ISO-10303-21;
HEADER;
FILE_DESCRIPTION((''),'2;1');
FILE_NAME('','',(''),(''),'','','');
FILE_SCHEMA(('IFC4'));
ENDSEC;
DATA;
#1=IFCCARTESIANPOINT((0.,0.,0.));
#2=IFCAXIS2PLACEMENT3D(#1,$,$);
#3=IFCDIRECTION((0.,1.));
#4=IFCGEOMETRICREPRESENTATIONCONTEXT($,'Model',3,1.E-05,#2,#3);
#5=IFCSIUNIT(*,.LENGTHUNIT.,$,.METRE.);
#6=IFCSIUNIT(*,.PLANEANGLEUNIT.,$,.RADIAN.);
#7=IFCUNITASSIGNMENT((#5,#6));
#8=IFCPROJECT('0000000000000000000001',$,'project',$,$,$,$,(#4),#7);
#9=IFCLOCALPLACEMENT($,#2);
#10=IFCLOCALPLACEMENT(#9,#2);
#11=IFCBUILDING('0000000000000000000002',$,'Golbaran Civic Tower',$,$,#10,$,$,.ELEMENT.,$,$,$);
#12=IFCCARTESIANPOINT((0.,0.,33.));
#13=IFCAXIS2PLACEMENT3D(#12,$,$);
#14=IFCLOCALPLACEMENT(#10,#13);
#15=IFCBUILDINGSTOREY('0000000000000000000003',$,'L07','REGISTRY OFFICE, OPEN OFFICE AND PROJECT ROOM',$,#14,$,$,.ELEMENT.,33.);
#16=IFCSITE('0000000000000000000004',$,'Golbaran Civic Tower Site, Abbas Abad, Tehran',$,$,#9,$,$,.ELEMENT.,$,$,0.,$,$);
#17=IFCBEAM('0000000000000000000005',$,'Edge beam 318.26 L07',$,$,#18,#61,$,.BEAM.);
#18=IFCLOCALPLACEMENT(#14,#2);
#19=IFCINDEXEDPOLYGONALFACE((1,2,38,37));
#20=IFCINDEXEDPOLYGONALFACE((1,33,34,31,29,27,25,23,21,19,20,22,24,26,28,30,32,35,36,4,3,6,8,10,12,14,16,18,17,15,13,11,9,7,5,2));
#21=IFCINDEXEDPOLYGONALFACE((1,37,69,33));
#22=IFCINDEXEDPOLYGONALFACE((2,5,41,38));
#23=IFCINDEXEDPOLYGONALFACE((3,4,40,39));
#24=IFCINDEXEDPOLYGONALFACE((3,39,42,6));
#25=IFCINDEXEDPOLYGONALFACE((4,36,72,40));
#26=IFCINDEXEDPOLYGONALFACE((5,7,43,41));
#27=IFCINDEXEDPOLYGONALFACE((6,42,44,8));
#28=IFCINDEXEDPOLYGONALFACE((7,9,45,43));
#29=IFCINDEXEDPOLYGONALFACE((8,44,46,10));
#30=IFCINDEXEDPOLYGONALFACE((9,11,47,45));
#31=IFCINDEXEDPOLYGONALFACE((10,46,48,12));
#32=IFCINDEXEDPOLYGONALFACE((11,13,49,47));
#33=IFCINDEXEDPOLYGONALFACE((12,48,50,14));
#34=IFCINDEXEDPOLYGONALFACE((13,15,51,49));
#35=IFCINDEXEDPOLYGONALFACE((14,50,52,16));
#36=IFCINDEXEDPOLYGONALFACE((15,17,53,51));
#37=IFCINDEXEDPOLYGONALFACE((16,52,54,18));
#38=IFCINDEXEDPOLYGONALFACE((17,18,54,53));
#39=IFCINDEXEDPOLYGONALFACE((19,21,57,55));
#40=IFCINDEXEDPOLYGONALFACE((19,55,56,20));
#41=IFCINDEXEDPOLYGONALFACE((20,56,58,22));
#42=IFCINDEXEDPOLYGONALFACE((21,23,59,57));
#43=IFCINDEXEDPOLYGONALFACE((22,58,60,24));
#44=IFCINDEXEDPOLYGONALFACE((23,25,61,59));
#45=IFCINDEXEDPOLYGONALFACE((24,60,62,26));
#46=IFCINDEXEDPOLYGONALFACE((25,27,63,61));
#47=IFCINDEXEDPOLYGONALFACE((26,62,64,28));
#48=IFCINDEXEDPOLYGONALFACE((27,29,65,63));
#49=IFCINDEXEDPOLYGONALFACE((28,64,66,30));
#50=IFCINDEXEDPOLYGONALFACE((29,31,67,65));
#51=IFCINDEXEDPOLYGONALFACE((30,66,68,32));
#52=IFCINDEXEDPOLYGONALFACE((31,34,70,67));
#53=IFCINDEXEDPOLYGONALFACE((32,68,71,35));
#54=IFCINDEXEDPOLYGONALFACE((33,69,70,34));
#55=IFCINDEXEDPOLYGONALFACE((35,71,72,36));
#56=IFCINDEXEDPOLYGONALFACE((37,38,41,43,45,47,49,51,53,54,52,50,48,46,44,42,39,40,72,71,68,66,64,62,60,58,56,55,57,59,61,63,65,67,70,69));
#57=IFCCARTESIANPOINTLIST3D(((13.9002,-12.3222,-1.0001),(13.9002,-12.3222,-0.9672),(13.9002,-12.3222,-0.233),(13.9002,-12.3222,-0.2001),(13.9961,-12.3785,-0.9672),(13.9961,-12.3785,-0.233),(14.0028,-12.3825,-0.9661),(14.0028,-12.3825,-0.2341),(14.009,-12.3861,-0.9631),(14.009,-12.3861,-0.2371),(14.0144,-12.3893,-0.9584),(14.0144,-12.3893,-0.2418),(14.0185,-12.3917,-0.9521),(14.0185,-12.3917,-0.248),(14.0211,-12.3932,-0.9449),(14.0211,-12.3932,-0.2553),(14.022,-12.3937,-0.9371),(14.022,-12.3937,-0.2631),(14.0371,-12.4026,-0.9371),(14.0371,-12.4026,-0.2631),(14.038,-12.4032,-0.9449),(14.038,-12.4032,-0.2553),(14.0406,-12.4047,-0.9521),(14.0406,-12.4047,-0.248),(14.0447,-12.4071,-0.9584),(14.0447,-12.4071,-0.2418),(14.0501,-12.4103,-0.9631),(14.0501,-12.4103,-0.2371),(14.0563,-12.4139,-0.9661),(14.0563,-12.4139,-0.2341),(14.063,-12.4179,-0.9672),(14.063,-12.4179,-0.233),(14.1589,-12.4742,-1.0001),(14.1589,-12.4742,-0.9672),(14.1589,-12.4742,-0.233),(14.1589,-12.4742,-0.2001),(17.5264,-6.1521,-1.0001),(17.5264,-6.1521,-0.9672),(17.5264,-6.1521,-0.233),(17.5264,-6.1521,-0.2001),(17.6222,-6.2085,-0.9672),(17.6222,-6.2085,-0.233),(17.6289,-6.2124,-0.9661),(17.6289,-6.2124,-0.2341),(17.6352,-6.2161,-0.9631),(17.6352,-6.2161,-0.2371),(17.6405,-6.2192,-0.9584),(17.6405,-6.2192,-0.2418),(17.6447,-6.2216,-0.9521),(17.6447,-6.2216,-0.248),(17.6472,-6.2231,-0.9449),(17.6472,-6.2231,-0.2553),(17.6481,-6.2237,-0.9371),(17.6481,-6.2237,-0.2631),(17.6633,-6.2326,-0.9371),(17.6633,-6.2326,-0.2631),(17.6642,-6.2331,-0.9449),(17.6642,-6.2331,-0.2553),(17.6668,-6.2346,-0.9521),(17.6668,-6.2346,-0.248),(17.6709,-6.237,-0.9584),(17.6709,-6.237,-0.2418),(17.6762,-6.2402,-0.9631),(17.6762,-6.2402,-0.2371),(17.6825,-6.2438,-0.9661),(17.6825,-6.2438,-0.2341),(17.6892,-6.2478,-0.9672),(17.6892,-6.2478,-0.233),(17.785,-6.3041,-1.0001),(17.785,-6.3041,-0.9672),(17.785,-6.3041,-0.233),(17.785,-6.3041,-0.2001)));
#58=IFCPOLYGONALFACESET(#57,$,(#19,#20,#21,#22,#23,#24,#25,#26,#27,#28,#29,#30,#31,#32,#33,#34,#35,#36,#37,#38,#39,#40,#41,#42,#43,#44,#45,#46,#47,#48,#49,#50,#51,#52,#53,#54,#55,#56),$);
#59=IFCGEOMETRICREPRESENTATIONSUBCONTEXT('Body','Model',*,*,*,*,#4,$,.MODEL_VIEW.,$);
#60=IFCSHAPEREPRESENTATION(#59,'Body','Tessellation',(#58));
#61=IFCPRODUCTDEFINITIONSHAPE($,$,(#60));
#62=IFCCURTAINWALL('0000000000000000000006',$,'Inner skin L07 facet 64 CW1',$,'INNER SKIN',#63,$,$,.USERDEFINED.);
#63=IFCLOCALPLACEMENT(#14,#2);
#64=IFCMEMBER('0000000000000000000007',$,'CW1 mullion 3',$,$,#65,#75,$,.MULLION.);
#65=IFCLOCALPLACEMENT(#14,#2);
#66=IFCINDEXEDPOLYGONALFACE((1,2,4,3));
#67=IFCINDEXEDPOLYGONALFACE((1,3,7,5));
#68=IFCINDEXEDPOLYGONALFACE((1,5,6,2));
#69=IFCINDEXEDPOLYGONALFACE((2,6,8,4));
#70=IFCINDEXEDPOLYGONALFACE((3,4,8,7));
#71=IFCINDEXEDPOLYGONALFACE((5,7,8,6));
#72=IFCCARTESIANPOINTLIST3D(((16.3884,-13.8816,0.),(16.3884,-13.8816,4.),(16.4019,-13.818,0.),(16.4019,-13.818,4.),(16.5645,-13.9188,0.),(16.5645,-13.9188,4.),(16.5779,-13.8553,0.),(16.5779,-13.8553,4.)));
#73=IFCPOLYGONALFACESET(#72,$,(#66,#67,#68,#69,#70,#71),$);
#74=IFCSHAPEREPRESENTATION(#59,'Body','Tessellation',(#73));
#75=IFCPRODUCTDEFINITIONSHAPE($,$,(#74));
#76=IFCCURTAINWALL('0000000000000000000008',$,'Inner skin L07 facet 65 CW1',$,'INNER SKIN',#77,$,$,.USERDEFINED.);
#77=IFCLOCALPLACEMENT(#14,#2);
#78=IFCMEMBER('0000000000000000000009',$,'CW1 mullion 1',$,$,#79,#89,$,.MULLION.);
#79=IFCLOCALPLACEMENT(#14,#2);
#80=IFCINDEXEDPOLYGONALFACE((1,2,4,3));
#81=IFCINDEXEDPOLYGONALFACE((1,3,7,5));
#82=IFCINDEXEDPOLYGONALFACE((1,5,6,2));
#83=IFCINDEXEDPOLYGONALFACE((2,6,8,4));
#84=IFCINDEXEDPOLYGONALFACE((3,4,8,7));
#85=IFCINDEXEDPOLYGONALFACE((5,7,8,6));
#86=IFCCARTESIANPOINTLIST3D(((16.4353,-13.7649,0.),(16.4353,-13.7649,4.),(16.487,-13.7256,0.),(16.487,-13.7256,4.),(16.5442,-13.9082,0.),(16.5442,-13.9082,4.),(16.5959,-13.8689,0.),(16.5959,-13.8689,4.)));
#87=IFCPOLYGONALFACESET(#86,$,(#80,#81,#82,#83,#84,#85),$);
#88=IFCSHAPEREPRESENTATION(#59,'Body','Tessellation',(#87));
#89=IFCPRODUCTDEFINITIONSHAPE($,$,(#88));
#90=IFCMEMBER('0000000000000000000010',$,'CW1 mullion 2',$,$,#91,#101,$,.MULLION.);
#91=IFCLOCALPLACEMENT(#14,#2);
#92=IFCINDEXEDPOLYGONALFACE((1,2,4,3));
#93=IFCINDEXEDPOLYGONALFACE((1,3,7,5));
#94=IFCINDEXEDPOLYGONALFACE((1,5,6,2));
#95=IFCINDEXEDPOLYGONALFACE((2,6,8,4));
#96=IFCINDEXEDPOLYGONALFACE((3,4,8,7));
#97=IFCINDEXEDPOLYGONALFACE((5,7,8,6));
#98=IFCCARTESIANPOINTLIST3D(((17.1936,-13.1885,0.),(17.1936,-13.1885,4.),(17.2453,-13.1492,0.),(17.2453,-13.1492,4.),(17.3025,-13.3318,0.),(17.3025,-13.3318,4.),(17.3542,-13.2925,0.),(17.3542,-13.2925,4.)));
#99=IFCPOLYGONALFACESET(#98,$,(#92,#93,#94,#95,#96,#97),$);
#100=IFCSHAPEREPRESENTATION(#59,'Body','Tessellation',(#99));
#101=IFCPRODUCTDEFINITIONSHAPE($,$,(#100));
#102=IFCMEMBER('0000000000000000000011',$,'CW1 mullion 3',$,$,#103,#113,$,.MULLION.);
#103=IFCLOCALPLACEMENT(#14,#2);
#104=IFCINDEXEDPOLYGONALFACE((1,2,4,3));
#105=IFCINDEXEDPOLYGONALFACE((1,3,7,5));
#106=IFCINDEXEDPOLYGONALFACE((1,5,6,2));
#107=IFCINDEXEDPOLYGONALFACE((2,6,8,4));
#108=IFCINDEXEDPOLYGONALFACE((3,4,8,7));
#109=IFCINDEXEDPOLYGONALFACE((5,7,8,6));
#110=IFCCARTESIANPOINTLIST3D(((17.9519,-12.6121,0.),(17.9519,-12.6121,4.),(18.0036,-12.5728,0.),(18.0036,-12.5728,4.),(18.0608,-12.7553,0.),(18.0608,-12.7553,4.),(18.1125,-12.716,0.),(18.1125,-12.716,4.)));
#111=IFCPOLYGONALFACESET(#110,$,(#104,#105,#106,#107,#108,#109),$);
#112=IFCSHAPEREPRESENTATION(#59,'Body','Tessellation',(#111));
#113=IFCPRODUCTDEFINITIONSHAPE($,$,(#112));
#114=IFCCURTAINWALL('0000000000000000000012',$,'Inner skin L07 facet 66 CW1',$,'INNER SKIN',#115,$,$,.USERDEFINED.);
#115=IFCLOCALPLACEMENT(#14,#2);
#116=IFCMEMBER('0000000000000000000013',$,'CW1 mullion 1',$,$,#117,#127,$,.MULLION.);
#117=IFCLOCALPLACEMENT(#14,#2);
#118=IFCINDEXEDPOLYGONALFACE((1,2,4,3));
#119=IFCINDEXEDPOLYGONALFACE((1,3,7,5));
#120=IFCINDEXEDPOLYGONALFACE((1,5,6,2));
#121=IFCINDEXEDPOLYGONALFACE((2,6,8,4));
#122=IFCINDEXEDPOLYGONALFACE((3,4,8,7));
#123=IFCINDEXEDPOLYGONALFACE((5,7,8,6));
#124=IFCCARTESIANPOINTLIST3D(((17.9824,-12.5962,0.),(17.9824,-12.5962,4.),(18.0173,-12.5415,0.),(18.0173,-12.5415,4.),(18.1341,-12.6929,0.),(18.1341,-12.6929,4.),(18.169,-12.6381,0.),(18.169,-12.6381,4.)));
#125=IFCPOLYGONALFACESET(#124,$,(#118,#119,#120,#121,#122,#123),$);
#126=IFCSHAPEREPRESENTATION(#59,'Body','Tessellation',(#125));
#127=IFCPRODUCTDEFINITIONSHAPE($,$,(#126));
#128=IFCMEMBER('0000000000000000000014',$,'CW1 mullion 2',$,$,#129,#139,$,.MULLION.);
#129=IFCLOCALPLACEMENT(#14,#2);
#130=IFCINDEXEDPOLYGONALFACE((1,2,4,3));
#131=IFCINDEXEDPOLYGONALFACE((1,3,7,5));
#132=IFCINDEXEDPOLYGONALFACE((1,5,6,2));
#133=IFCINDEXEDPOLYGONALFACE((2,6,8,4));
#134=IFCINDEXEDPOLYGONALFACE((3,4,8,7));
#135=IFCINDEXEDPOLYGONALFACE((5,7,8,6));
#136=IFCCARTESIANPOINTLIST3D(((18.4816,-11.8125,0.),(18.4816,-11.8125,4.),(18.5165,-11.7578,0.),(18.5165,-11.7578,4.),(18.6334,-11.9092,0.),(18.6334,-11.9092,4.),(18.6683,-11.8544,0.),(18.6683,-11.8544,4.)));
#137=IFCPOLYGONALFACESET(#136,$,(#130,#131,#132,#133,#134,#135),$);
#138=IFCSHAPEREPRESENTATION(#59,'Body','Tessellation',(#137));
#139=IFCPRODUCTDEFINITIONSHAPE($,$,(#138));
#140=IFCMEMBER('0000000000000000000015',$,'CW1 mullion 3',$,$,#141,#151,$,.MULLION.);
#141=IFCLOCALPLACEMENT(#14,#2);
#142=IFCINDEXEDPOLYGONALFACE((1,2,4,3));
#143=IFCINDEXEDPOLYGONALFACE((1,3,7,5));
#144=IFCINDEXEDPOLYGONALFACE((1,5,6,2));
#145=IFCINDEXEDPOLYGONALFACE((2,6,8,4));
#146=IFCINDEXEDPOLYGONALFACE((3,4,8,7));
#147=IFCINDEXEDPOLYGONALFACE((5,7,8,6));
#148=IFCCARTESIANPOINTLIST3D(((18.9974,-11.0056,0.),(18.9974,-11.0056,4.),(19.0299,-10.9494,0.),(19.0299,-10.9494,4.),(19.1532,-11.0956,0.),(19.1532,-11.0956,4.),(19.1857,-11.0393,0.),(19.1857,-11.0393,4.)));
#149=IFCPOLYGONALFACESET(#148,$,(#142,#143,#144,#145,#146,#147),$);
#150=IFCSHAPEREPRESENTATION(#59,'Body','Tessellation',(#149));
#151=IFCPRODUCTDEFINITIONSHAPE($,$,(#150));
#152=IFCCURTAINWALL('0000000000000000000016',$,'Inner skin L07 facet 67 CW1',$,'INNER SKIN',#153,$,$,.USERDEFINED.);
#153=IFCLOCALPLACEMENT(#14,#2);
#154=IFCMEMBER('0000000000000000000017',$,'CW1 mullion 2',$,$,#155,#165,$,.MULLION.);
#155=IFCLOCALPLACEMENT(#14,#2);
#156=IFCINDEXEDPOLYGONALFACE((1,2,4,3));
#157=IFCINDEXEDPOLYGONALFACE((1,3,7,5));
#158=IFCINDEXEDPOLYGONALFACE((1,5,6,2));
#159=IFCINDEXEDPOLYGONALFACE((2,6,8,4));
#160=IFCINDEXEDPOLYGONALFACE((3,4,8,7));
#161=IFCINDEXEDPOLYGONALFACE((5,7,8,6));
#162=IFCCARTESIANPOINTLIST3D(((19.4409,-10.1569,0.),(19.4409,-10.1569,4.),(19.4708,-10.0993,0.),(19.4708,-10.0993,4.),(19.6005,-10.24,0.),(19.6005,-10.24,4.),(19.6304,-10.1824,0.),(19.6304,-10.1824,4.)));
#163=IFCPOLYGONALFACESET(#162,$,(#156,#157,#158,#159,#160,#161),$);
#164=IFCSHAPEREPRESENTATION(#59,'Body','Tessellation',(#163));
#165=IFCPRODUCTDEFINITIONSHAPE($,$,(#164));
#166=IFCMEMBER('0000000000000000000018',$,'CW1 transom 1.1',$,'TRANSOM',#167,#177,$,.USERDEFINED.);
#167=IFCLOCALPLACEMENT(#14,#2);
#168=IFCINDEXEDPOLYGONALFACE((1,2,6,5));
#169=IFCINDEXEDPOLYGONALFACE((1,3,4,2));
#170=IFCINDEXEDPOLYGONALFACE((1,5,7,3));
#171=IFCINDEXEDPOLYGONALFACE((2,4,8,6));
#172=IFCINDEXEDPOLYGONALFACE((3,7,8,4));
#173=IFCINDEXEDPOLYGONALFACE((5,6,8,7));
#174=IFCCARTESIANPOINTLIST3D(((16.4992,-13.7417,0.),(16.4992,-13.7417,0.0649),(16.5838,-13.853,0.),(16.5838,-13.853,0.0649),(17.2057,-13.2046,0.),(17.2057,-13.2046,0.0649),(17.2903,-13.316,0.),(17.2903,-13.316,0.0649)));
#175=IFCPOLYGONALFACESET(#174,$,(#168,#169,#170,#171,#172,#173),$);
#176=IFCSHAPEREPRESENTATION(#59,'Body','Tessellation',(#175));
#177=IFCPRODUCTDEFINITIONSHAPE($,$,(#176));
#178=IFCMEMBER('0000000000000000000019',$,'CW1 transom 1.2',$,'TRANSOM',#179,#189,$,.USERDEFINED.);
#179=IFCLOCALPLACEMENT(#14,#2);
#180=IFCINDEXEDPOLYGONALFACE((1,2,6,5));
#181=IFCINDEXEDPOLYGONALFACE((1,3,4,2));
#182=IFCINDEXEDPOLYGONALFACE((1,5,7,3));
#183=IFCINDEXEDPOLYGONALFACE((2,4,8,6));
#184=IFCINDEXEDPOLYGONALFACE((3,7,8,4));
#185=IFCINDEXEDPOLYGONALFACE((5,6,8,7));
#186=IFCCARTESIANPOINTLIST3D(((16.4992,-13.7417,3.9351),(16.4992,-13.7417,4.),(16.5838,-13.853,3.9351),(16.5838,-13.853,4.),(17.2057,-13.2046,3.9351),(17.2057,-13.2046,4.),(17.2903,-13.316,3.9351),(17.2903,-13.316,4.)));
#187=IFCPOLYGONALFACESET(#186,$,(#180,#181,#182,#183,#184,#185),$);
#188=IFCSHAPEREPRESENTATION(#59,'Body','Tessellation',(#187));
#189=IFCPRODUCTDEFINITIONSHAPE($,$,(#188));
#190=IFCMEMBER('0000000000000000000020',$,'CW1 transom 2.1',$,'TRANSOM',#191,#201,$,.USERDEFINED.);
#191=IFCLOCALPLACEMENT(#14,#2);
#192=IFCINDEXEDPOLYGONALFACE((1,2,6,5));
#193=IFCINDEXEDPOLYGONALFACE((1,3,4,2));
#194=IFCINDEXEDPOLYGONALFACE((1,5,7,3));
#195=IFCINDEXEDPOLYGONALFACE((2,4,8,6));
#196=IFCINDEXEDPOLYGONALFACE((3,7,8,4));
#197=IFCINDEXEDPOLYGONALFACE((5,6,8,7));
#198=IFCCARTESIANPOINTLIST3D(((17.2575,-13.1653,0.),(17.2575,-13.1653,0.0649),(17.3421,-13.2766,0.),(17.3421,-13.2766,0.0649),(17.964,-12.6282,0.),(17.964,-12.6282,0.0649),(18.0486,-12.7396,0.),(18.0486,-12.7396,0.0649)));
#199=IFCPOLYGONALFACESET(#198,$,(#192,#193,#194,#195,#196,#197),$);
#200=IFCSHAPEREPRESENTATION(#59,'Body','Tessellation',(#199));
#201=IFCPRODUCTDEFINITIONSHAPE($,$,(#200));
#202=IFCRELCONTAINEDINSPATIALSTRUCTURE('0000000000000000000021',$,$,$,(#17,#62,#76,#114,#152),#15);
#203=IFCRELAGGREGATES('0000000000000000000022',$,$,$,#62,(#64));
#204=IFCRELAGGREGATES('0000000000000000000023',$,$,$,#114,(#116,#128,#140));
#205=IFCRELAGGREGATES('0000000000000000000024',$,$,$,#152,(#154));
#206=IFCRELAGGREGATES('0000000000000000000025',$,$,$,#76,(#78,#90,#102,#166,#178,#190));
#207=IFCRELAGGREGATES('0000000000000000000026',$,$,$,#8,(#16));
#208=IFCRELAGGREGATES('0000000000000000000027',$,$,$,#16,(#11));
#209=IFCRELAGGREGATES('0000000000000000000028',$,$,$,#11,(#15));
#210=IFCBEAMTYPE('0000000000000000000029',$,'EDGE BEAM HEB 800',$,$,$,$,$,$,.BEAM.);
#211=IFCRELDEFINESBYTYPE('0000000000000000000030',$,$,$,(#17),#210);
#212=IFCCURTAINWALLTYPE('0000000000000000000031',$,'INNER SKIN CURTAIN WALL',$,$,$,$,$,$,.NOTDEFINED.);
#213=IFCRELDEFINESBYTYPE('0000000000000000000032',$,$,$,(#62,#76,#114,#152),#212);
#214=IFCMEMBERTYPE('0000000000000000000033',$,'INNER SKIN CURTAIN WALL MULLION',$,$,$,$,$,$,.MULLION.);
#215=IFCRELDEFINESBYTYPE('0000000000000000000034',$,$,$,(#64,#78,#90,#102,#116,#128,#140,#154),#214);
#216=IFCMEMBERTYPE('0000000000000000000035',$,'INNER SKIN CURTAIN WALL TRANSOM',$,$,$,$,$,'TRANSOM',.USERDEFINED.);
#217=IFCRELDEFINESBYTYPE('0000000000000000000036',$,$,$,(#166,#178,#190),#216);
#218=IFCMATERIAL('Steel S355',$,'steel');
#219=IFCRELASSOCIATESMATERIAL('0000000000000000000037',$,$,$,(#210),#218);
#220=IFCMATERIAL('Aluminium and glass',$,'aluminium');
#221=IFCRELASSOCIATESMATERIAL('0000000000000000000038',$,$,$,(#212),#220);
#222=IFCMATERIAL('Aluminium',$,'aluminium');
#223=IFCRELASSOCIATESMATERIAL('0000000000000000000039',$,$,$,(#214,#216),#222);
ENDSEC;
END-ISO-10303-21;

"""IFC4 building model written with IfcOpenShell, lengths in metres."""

from ifc_helpers import new_model, si_unit, direction, frame, origin, origin_2d, place, context, subcontext, project, spatial, rectangle, i_section, extrude, material, material_profile, profile_set, type_object, element, aggregate, save


model = new_model("IFC4")

# Units and contexts
model_context = context("Model", 3, precision=1e-05, world=origin(), true_north=direction((0.0, 1.0)))
body_context = subcontext(model_context, "Body", "Model", "MODEL_VIEW")
ifc_project = project(units=[si_unit("LENGTHUNIT", "METRE"), si_unit("PLANEANGLEUNIT", "RADIAN")], contexts=[model_context])

# Site, building, storey
site_placement = place(None, origin())
site = spatial("IfcSite", under=ifc_project, at=site_placement, Name="Golbaran Civic Tower Site, Abbas Abad, Tehran", CompositionType="ELEMENT", RefElevation=0.0)
building_placement = place(site_placement, origin())
building = spatial("IfcBuilding", under=site, at=building_placement, Name="Golbaran Civic Tower", CompositionType="ELEMENT")
storey_placement = place(building_placement, frame((0.0, 0.0, 33.0)))
storey = spatial("IfcBuildingStorey", under=building, at=storey_placement, Name="L07", Description="REGISTRY OFFICE, OPEN OFFICE AND PROJECT ROOM", CompositionType="ELEMENT", Elevation=33.0)

# Beam
ifc_material_1 = material(Name="Steel S355", Category="steel")
ifc_material_profile_1 = material_profile(ifc_material_1, i_section(OverallWidth=0.3, OverallDepth=0.8, WebThickness=0.0176, FlangeThickness=0.033, FilletRadius=0.03, at=origin_2d()), Name="HEB 800")
ifc_profile_set_1 = profile_set([ifc_material_profile_1], Name="Steel S355")
beam_type = type_object("IfcBeamType", Name="EDGE BEAM HEB 800", PredefinedType="BEAM", material=ifc_profile_set_1)
beam_placement = place(storey_placement, frame((14.0295, -12.3982, -0.6001), z_axis=(0.506679, 0.862135, 0.0), x_axis=(-0.862135, 0.506679, 0.0)))
element("IfcBeam", 1, at=beam_placement, inside=storey, type_object=beam_type, Name="Edge beam 318.26 L07", PredefinedType="BEAM", context=body_context, shape_type="SweptSolid", body=[
    extrude(i_section(OverallWidth=0.3, OverallDepth=0.8, WebThickness=0.0176, FlangeThickness=0.033, FilletRadius=0.03, at=origin_2d()), origin(), (0.0, 0.0, 1.0), 7.1567),
])

# Curtain wall, member
ifc_material_2 = material(Name="Aluminium and glass", Category="aluminium")
curtain_wall_type = type_object("IfcCurtainWallType", Name="INNER SKIN CURTAIN WALL", PredefinedType="NOTDEFINED", material=ifc_material_2)
curtain_wall_1_placement = place(storey_placement, origin())
curtain_wall_1 = element("IfcCurtainWall", 2, at=curtain_wall_1_placement, inside=storey, type_object=curtain_wall_type, Name="Inner skin L07 facet 64 CW1", ObjectType="INNER SKIN", PredefinedType="USERDEFINED")
ifc_material_3 = material(Name="Aluminium", Category="aluminium")
ifc_material_profile_2 = material_profile(ifc_material_3, rectangle(XDim=0.1799, YDim=0.0649, at=origin_2d()), Name="INNER SKIN CURTAIN WALL MULLION")
ifc_profile_set_2 = profile_set([ifc_material_profile_2], Name="Aluminium")
member_type_1 = type_object("IfcMemberType", Name="INNER SKIN CURTAIN WALL MULLION", PredefinedType="MULLION", material=ifc_profile_set_2)
member_1_placement = place(storey_placement, frame((16.4832, -13.8684, 0.0), z_axis=(0.0, 0.0, 1.0), x_axis=(-0.978346, 0.206977, 0.0)))
member_1 = element("IfcMember", 3, at=member_1_placement, type_object=member_type_1, Name="CW1 mullion 3", PredefinedType="MULLION", context=body_context, shape_type="SweptSolid", body=[
    extrude(rectangle(XDim=0.1799, YDim=0.0649, at=origin_2d()), origin(), (0.0, 0.0, 1.0), 4.0),
])
aggregate(curtain_wall_1, [member_1])

# Curtain walls, members
curtain_wall_2_placement = place(storey_placement, origin())
curtain_wall_2 = element("IfcCurtainWall", 4, at=curtain_wall_2_placement, inside=storey, type_object=curtain_wall_type, Name="Inner skin L07 facet 65 CW1", ObjectType="INNER SKIN", PredefinedType="USERDEFINED")
member_2_placement = place(storey_placement, frame((16.5156, -13.8169, 0.0), z_axis=(0.0, 0.0, 1.0), x_axis=(-0.605154, 0.796108, 0.0)))
member_2 = element("IfcMember", 5, at=member_2_placement, type_object=member_type_1, Name="CW1 mullion 1", PredefinedType="MULLION", context=body_context, shape_type="SweptSolid", body=[
    extrude(rectangle(XDim=0.1799, YDim=0.0649, at=origin_2d()), origin(), (0.0, 0.0, 1.0), 4.0),
])
member_3_placement = place(storey_placement, frame((17.2739, -13.2405, 0.0), z_axis=(0.0, 0.0, 1.0), x_axis=(-0.605154, 0.796108, 0.0)))
member_3 = element("IfcMember", 6, at=member_3_placement, type_object=member_type_1, Name="CW1 mullion 2", PredefinedType="MULLION", context=body_context, shape_type="SweptSolid", body=[
    extrude(rectangle(XDim=0.1799, YDim=0.0649, at=origin_2d()), origin(), (0.0, 0.0, 1.0), 4.0),
])
member_4_placement = place(storey_placement, frame((18.0322, -12.6641, 0.0), z_axis=(0.0, 0.0, 1.0), x_axis=(-0.605154, 0.796108, 0.0)))
member_4 = element("IfcMember", 7, at=member_4_placement, type_object=member_type_1, Name="CW1 mullion 3", PredefinedType="MULLION", context=body_context, shape_type="SweptSolid", body=[
    extrude(rectangle(XDim=0.1799, YDim=0.0649, at=origin_2d()), origin(), (0.0, 0.0, 1.0), 4.0),
])
curtain_wall_3_placement = place(storey_placement, origin())
curtain_wall_3 = element("IfcCurtainWall", 8, at=curtain_wall_3_placement, inside=storey, type_object=curtain_wall_type, Name="Inner skin L07 facet 66 CW1", ObjectType="INNER SKIN", PredefinedType="USERDEFINED")
member_5_placement = place(storey_placement, frame((18.0757, -12.6172, 0.0), z_axis=(0.0, 0.0, 1.0), x_axis=(-0.843391, 0.5373, 0.0)))
member_5 = element("IfcMember", 9, at=member_5_placement, type_object=member_type_1, Name="CW1 mullion 1", PredefinedType="MULLION", context=body_context, shape_type="SweptSolid", body=[
    extrude(rectangle(XDim=0.1799, YDim=0.0649, at=origin_2d()), origin(), (0.0, 0.0, 1.0), 4.0),
])
member_6_placement = place(storey_placement, frame((18.575, -11.8335, 0.0), z_axis=(0.0, 0.0, 1.0), x_axis=(-0.843391, 0.5373, 0.0)))
member_6 = element("IfcMember", 10, at=member_6_placement, type_object=member_type_1, Name="CW1 mullion 2", PredefinedType="MULLION", context=body_context, shape_type="SweptSolid", body=[
    extrude(rectangle(XDim=0.1799, YDim=0.0649, at=origin_2d()), origin(), (0.0, 0.0, 1.0), 4.0),
])
member_7_placement = place(storey_placement, frame((19.0916, -11.0225, 0.0), z_axis=(0.0, 0.0, 1.0), x_axis=(-0.866025, 0.5, 0.0)))
member_7 = element("IfcMember", 11, at=member_7_placement, type_object=member_type_1, Name="CW1 mullion 3", PredefinedType="MULLION", context=body_context, shape_type="SweptSolid", body=[
    extrude(rectangle(XDim=0.1799, YDim=0.0649, at=origin_2d()), origin(), (0.0, 0.0, 1.0), 4.0),
])

# Curtain wall, member
curtain_wall_4_placement = place(storey_placement, origin())
curtain_wall_4 = element("IfcCurtainWall", 12, at=curtain_wall_4_placement, inside=storey, type_object=curtain_wall_type, Name="Inner skin L07 facet 67 CW1", ObjectType="INNER SKIN", PredefinedType="USERDEFINED")
member_8_placement = place(storey_placement, frame((19.5356, -10.1697, 0.0), z_axis=(0.0, 0.0, 1.0), x_axis=(-0.887011, 0.461749, 0.0)))
member_8 = element("IfcMember", 13, at=member_8_placement, type_object=member_type_1, Name="CW1 mullion 2", PredefinedType="MULLION", context=body_context, shape_type="SweptSolid", body=[
    extrude(rectangle(XDim=0.1799, YDim=0.0649, at=origin_2d()), origin(), (0.0, 0.0, 1.0), 4.0),
])

# Members
ifc_material_profile_3 = material_profile(ifc_material_3, rectangle(XDim=0.1399, YDim=0.0649, at=origin_2d()), Name="INNER SKIN CURTAIN WALL TRANSOM")
ifc_profile_set_3 = profile_set([ifc_material_profile_3], Name="Aluminium")
member_type_2 = type_object("IfcMemberType", Name="INNER SKIN CURTAIN WALL TRANSOM", ElementType="TRANSOM", PredefinedType="USERDEFINED", material=ifc_profile_set_3)
member_9_placement = place(storey_placement, frame((16.5415, -13.7974, 0.0325), z_axis=(0.796088, 0.605181, 0.0), x_axis=(-0.605181, 0.796088, 0.0)))
member_9 = element("IfcMember", 14, at=member_9_placement, type_object=member_type_2, Name="CW1 transom 1.1", ObjectType="TRANSOM", PredefinedType="USERDEFINED", context=body_context, shape_type="SweptSolid", body=[
    extrude(rectangle(XDim=0.1399, YDim=0.0649, at=origin_2d()), origin(), (0.0, 0.0, 1.0), 0.8875),
])
member_10_placement = place(storey_placement, frame((16.5415, -13.7974, 3.9675), z_axis=(0.796088, 0.605181, 0.0), x_axis=(-0.605181, 0.796088, 0.0)))
member_10 = element("IfcMember", 15, at=member_10_placement, type_object=member_type_2, Name="CW1 transom 1.2", ObjectType="TRANSOM", PredefinedType="USERDEFINED", context=body_context, shape_type="SweptSolid", body=[
    extrude(rectangle(XDim=0.1399, YDim=0.0649, at=origin_2d()), origin(), (0.0, 0.0, 1.0), 0.8875),
])
member_11_placement = place(storey_placement, frame((17.2998, -13.2209, 0.0325), z_axis=(0.796088, 0.605181, 0.0), x_axis=(-0.605181, 0.796088, 0.0)))
member_11 = element("IfcMember", 16, at=member_11_placement, type_object=member_type_2, Name="CW1 transom 2.1", ObjectType="TRANSOM", PredefinedType="USERDEFINED", context=body_context, shape_type="SweptSolid", body=[
    extrude(rectangle(XDim=0.1399, YDim=0.0649, at=origin_2d()), origin(), (0.0, 0.0, 1.0), 0.8875),
])

aggregate(curtain_wall_3, [member_5, member_6, member_7])
aggregate(curtain_wall_4, [member_8])
aggregate(curtain_wall_2, [member_2, member_3, member_4, member_9, member_10, member_11])

save(model, "model.ifc")
